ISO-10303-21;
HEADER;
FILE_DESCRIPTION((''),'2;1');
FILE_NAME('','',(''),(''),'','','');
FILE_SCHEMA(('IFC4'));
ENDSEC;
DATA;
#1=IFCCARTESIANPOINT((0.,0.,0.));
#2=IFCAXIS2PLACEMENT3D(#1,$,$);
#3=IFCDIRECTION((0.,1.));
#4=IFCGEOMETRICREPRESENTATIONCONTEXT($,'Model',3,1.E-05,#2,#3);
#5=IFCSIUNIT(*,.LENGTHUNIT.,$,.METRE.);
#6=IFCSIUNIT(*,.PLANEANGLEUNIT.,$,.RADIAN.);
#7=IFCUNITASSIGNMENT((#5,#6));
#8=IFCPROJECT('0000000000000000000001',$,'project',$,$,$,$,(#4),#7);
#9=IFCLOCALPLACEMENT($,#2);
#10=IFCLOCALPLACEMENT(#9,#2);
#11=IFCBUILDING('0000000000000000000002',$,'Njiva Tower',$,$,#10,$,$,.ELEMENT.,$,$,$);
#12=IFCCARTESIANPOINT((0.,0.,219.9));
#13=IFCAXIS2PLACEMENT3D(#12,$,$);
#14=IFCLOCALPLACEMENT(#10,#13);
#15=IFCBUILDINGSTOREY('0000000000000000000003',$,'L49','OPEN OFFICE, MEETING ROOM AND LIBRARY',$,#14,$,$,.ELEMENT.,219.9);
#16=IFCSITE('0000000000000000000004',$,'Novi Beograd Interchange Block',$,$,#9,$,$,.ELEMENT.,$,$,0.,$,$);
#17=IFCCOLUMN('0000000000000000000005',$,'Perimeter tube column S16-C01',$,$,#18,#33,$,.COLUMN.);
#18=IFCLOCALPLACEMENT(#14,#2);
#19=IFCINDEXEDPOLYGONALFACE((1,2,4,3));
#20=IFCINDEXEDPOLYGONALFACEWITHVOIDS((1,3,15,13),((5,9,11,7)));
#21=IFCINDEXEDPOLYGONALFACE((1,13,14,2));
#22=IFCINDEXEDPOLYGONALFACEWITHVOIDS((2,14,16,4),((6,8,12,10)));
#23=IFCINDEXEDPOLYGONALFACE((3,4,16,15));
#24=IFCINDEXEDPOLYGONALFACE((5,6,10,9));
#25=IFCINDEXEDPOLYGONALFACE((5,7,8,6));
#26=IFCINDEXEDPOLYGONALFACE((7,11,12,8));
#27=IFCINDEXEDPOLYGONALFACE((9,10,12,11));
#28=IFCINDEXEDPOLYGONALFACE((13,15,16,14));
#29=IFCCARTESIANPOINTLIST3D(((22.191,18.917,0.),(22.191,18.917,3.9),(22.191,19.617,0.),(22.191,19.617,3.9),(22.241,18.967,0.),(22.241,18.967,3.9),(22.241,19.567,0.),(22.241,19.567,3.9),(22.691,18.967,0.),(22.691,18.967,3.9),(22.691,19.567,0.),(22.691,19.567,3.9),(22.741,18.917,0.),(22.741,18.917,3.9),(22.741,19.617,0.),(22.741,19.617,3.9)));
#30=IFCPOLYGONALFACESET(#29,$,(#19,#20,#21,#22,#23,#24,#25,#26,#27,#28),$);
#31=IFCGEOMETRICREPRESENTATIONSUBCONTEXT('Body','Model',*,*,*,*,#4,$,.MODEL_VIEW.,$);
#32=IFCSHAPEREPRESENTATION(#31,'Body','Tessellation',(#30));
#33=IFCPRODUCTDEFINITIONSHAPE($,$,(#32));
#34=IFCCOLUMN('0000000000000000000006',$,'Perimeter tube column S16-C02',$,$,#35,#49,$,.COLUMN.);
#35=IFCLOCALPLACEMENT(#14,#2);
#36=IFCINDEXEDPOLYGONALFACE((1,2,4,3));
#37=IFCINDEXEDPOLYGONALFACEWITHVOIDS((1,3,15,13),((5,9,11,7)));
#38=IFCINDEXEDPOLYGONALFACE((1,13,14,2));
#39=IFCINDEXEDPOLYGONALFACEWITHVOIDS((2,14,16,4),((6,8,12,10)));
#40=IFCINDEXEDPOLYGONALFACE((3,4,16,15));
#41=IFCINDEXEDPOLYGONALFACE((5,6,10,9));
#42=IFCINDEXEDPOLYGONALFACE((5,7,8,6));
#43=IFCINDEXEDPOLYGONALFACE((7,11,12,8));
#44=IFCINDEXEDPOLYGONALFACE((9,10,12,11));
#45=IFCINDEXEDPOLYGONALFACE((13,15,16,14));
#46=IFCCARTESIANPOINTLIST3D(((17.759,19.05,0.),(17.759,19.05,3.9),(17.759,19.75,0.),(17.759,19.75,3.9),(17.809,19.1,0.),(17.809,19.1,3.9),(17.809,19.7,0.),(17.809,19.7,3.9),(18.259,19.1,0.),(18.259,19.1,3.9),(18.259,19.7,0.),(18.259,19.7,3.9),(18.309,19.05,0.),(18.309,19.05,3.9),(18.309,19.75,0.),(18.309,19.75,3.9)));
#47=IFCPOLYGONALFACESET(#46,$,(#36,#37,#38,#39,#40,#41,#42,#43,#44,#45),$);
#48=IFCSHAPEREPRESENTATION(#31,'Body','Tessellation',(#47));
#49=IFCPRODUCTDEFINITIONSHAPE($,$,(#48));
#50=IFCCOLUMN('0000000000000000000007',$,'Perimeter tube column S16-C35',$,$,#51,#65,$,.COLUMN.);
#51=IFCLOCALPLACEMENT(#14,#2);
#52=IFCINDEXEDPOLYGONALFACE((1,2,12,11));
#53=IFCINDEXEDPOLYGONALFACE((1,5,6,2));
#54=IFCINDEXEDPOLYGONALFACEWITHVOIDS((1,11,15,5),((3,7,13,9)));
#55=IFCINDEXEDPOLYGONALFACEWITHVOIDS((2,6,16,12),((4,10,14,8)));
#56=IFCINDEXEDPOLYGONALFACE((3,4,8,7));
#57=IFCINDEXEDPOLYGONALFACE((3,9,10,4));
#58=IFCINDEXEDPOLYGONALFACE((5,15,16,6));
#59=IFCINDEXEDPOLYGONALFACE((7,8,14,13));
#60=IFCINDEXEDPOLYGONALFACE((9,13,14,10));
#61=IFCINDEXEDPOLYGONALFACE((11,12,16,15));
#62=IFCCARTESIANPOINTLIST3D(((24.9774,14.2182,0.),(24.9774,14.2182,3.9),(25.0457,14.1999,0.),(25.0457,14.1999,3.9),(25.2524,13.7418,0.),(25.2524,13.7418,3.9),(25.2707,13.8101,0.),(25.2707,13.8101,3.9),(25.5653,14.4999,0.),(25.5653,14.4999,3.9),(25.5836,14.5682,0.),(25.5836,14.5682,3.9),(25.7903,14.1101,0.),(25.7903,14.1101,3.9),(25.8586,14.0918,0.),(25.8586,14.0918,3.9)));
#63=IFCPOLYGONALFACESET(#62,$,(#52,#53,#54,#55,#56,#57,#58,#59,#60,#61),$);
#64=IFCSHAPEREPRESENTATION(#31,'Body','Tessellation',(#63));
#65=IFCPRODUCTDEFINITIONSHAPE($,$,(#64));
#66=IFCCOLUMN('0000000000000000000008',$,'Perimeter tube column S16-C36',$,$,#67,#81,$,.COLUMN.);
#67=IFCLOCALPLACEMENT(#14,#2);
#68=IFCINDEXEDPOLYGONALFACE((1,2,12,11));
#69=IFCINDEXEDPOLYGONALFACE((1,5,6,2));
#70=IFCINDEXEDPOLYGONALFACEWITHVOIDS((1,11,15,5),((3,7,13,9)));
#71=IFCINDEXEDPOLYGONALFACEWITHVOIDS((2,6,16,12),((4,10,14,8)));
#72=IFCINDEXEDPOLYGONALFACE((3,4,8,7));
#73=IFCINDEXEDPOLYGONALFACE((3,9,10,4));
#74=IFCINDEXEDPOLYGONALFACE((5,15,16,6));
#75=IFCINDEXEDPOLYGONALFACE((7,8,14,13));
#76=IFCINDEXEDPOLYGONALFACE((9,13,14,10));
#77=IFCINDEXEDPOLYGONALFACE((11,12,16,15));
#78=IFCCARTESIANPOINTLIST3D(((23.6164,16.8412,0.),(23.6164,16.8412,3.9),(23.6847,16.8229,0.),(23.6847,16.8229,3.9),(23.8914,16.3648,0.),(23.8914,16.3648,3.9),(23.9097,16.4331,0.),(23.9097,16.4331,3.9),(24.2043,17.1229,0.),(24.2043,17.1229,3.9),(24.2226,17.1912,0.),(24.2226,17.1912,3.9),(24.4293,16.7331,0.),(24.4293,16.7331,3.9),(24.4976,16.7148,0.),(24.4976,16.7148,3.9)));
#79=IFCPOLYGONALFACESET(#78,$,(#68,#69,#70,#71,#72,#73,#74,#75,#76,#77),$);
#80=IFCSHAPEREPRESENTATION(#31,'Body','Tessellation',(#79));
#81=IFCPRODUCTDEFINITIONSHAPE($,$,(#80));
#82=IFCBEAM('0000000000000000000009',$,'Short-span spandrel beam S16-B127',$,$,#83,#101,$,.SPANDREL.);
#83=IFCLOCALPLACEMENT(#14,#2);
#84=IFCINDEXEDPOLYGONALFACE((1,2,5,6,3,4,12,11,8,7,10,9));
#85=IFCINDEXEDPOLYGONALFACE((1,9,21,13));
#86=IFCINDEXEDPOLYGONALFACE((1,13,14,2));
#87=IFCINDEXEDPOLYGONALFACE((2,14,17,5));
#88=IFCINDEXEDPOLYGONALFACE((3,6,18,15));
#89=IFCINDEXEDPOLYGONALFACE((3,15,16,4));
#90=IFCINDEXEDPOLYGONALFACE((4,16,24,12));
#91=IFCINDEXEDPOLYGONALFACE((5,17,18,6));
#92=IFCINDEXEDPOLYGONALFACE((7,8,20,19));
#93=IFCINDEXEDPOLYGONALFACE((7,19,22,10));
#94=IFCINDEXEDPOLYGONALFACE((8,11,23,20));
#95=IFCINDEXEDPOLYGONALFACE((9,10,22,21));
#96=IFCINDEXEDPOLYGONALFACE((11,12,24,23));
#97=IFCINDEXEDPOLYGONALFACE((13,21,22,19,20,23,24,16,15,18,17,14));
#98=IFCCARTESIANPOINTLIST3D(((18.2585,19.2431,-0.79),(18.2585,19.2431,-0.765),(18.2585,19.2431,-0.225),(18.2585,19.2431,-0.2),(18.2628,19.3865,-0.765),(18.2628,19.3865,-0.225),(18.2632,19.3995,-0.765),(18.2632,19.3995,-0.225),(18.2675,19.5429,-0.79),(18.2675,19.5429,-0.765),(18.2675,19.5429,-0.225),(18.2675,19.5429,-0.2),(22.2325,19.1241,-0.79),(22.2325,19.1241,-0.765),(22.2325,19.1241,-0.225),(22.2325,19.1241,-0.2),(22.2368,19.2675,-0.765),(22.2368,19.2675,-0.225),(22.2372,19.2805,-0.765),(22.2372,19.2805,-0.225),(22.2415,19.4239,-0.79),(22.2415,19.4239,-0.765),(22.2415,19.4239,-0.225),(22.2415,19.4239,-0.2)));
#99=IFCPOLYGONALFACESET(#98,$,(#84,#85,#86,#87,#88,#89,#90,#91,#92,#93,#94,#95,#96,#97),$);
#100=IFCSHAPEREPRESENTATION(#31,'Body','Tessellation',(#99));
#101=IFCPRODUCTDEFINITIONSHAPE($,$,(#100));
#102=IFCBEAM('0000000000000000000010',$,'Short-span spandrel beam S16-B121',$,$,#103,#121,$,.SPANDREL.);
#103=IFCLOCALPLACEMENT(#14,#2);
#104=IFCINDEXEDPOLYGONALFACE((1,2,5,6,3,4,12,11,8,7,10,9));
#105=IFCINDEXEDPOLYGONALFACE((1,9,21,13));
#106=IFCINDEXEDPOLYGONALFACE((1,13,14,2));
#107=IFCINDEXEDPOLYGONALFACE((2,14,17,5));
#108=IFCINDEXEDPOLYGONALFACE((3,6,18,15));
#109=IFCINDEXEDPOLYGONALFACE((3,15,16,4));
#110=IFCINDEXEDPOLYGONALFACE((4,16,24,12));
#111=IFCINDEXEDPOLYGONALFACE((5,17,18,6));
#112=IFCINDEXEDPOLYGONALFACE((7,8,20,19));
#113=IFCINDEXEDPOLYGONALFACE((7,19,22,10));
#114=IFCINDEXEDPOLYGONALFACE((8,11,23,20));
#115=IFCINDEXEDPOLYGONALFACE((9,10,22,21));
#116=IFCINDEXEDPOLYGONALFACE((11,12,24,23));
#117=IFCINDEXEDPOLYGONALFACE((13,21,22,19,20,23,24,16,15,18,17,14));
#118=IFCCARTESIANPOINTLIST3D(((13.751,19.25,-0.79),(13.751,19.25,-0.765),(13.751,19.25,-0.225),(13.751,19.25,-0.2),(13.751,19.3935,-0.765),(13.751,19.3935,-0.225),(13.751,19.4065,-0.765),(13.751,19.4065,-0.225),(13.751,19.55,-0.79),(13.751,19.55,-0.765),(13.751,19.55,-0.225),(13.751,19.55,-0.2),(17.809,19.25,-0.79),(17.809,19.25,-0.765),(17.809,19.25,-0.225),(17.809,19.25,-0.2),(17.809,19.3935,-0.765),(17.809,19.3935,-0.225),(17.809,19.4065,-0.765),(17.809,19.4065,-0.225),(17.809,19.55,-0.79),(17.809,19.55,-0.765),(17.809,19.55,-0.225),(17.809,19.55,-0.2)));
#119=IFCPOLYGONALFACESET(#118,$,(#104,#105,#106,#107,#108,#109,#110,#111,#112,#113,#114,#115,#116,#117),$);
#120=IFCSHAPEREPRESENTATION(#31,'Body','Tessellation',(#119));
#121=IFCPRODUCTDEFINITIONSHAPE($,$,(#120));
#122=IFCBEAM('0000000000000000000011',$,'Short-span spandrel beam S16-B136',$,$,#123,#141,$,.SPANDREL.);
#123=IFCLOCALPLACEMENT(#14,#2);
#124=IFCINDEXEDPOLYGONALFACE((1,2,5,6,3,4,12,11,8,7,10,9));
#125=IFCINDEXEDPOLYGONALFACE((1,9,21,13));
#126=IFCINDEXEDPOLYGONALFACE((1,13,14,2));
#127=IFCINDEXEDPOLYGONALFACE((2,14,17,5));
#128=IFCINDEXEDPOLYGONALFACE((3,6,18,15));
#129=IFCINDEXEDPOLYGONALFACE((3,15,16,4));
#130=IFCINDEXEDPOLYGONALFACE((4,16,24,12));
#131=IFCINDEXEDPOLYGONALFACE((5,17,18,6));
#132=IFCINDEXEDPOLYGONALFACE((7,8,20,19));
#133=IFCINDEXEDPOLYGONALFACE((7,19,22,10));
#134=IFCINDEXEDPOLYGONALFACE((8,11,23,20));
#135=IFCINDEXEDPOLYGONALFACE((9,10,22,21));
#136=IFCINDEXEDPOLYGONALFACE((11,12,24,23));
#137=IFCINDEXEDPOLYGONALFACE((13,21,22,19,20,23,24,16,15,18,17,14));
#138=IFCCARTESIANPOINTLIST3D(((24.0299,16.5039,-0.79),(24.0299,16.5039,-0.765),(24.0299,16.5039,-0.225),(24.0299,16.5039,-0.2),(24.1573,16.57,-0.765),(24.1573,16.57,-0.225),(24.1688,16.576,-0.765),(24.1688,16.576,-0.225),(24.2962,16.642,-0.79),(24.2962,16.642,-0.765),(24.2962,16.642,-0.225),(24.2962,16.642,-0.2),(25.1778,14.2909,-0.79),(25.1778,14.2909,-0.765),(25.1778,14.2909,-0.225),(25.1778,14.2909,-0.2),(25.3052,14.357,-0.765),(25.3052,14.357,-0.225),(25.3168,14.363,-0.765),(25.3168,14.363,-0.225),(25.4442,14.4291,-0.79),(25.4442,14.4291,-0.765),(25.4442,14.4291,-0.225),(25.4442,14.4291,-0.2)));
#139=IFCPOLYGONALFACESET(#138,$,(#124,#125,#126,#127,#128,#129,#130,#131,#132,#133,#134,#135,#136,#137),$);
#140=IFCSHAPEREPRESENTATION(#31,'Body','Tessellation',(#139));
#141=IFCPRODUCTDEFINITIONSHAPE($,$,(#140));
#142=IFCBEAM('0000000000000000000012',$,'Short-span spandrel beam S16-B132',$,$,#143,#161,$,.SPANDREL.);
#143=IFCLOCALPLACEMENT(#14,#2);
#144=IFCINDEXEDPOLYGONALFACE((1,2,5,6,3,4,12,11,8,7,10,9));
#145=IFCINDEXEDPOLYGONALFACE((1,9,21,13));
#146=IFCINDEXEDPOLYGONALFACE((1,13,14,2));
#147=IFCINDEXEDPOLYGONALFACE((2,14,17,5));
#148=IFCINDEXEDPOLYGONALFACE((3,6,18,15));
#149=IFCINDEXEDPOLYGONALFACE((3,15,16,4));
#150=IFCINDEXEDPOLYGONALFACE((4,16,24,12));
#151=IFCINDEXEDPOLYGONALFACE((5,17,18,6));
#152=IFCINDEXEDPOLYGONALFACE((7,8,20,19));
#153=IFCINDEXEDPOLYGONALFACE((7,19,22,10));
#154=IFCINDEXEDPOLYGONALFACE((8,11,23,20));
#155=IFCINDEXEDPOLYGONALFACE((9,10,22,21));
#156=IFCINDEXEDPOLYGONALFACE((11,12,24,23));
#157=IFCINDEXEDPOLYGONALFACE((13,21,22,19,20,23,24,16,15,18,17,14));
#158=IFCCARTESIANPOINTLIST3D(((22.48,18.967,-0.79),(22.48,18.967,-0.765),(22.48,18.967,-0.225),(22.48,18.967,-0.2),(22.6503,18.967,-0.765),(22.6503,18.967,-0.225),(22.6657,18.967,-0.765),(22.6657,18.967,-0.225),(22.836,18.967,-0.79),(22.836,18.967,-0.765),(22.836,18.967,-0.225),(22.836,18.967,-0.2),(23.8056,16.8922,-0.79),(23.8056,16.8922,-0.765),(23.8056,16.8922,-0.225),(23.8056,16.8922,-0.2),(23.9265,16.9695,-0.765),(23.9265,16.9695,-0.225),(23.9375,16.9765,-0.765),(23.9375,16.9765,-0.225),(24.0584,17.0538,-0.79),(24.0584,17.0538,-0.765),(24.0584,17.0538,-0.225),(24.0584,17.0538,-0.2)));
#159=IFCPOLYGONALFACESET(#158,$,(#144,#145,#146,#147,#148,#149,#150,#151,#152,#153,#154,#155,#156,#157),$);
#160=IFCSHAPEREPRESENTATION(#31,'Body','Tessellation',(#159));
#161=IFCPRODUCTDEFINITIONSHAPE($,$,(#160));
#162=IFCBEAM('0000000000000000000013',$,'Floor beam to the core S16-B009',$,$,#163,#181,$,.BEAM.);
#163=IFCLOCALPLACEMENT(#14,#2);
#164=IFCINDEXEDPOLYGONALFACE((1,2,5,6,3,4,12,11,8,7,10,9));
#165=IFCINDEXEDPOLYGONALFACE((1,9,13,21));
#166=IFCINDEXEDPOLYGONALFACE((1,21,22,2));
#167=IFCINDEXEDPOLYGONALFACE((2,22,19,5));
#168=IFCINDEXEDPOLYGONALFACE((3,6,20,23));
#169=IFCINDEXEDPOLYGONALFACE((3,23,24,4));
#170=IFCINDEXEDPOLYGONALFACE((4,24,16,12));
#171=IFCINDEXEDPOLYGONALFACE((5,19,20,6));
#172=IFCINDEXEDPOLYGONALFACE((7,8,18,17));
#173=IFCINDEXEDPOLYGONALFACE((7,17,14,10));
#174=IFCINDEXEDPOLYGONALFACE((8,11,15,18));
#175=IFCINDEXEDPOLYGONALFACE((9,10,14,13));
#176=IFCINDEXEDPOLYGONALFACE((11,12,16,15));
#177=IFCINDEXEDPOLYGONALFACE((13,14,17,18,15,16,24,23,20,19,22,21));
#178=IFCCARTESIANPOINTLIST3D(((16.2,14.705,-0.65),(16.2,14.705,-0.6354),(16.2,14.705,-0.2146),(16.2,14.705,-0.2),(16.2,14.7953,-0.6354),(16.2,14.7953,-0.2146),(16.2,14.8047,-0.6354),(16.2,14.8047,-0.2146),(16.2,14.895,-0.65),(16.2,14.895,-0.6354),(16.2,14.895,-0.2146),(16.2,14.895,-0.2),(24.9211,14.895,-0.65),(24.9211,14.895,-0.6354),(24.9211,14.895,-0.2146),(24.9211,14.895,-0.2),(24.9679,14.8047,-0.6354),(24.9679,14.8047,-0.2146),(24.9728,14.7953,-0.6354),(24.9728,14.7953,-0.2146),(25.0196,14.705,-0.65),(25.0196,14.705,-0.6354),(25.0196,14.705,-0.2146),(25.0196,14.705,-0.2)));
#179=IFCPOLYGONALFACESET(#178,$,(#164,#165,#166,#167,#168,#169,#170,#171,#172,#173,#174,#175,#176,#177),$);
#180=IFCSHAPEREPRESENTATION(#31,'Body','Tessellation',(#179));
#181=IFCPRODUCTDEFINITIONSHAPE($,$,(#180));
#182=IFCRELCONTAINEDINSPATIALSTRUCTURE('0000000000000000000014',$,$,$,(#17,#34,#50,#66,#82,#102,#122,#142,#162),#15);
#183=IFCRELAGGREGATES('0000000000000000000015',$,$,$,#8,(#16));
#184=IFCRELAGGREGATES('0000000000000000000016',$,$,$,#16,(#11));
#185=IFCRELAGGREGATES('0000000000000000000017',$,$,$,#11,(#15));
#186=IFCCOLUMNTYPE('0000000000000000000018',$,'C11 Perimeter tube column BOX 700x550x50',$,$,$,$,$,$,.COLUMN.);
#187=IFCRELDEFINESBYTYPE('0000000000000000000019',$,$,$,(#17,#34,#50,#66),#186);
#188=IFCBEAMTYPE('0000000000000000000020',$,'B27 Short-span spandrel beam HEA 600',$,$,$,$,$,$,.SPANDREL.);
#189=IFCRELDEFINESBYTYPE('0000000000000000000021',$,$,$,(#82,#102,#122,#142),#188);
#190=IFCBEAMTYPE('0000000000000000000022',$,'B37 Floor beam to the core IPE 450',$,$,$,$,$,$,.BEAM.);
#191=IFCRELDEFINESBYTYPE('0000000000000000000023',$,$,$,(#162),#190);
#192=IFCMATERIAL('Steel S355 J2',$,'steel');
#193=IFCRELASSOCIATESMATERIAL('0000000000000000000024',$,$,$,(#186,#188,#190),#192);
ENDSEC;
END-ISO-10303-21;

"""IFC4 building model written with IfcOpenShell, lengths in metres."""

from ifc_helpers import new_model, si_unit, direction, frame, origin, origin_2d, place, context, subcontext, project, spatial, hollow_rectangle, i_section, extrude, clip, halfspace, material, material_profile, profile_set, type_object, element, save


model = new_model("IFC4")

# Units and contexts
model_context = context("Model", 3, precision=1e-05, world=origin(), true_north=direction((0.0, 1.0)))
body_context = subcontext(model_context, "Body", "Model", "MODEL_VIEW")
ifc_project = project(units=[si_unit("LENGTHUNIT", "METRE"), si_unit("PLANEANGLEUNIT", "RADIAN")], contexts=[model_context])

# Site, building, storey
site_placement = place(None, origin())
site = spatial("IfcSite", under=ifc_project, at=site_placement, Name="Novi Beograd Interchange Block", CompositionType="ELEMENT", RefElevation=0.0)
building_placement = place(site_placement, origin())
building = spatial("IfcBuilding", under=site, at=building_placement, Name="Njiva Tower", CompositionType="ELEMENT")
storey_placement = place(building_placement, frame((0.0, 0.0, 219.9)))
storey = spatial("IfcBuildingStorey", under=building, at=storey_placement, Name="L49", Description="OPEN OFFICE, MEETING ROOM AND LIBRARY", CompositionType="ELEMENT", Elevation=219.9)

# Columns
ifc_material_1 = material(Name="Steel S355 J2", Category="steel")
ifc_material_profile_1 = material_profile(ifc_material_1, hollow_rectangle(XDim=0.55, YDim=0.7, WallThickness=0.05, at=origin_2d()), Name="BOX 700x550x50")
ifc_profile_set_1 = profile_set([ifc_material_profile_1], Name="Steel S355 J2")
column_type = type_object("IfcColumnType", Name="C11 Perimeter tube column BOX 700x550x50", PredefinedType="COLUMN", material=ifc_profile_set_1)
for number, where, z_axis, x_axis, name in (
    (1, (22.466, 19.267, 0.0), (0.0, 0.0, 1.0), (-1.0, 0.0, 0.0), "Perimeter tube column S16-C01"),
    (2, (18.034, 19.4, 0.0), (0.0, 0.0, 1.0), (-1.0, 0.0, 0.0), "Perimeter tube column S16-C02"),
    (3, (25.418, 14.155, 0.0), (0.0, 0.0, 1.0), (-0.5, 0.866025, 0.0), "Perimeter tube column S16-C35"),
    (4, (24.057, 16.778, 0.0), (0.0, 0.0, 1.0), (-0.5, 0.866025, 0.0), "Perimeter tube column S16-C36"),
):
    element("IfcColumn", number, at=place(storey_placement, frame(where, z_axis=z_axis, x_axis=x_axis)), inside=storey, type_object=column_type, Name=name, PredefinedType="COLUMN", context=body_context, shape_type="SweptSolid", body=[
        extrude(hollow_rectangle(XDim=0.55, YDim=0.7, WallThickness=0.05, at=origin_2d()), origin(), (0.0, 0.0, 1.0), 3.9),
    ])

# Beams
ifc_material_profile_2 = material_profile(ifc_material_1, i_section(OverallWidth=0.3, OverallDepth=0.59, WebThickness=0.013, FlangeThickness=0.025, at=origin_2d()), Name="HEA 600")
ifc_profile_set_2 = profile_set([ifc_material_profile_2], Name="Steel S355 J2")
beam_type_1 = type_object("IfcBeamType", Name="B27 Short-span spandrel beam HEA 600", PredefinedType="SPANDREL", material=ifc_profile_set_2)
beam_1_placement = place(storey_placement, frame((22.237, 19.274, -0.495), z_axis=(-0.999552, 0.029931, 0.0), x_axis=(-0.029931, -0.999552, 0.0)))
element("IfcBeam", 5, at=beam_1_placement, inside=storey, type_object=beam_type_1, Name="Short-span spandrel beam S16-B127", PredefinedType="SPANDREL", context=body_context, shape_type="SweptSolid", body=[
    extrude(i_section(OverallWidth=0.3, OverallDepth=0.59, WebThickness=0.013, FlangeThickness=0.025, at=origin_2d()), origin(), (0.0, 0.0, 1.0), 3.9758),
])
beam_2_placement = place(storey_placement, frame((17.809, 19.4, -0.495), z_axis=(-1.0, 0.0, 0.0), x_axis=(0.0, -1.0, 0.0)))
element("IfcBeam", 6, at=beam_2_placement, inside=storey, type_object=beam_type_1, Name="Short-span spandrel beam S16-B121", PredefinedType="SPANDREL", context=body_context, shape_type="SweptSolid", body=[
    extrude(i_section(OverallWidth=0.3, OverallDepth=0.59, WebThickness=0.013, FlangeThickness=0.025, at=origin_2d()), origin(), (0.0, 0.0, 1.0), 4.058),
])
beam_3_placement = place(storey_placement, frame((25.311, 14.36, -0.495), z_axis=(-0.460481, 0.88767, 0.0), x_axis=(-0.88767, -0.460481, 0.0)))
element("IfcBeam", 7, at=beam_3_placement, inside=storey, type_object=beam_type_1, Name="Short-span spandrel beam S16-B136", PredefinedType="SPANDREL", context=body_context, shape_type="SweptSolid", body=[
    extrude(i_section(OverallWidth=0.3, OverallDepth=0.59, WebThickness=0.013, FlangeThickness=0.025, at=origin_2d()), origin(), (0.0, 0.0, 1.0), 2.493),
])
beam_4_placement = place(storey_placement, frame((23.932, 16.973, -0.495), z_axis=(-0.538406, 0.842686, 0.0), x_axis=(-0.842686, -0.538406, 0.0)))
element("IfcBeam", 8, at=beam_4_placement, inside=storey, type_object=beam_type_1, Name="Short-span spandrel beam S16-B132", PredefinedType="SPANDREL", context=body_context, shape_type="Clipping", body=[
    clip(extrude(i_section(OverallWidth=0.3, OverallDepth=0.59, WebThickness=0.013, FlangeThickness=0.025, at=origin_2d()), origin(), (0.0, 0.0, 1.0), 2.4822), halfspace(frame((-0.0269, 0.0, 2.3491), z_axis=(-0.538406, 0.0, 0.842686), x_axis=(0.0, 1.0, 0.0)), False)),
])
ifc_material_profile_3 = material_profile(ifc_material_1, i_section(OverallWidth=0.19, OverallDepth=0.45, WebThickness=0.0094, FlangeThickness=0.0146, at=origin_2d()), Name="IPE 450")
ifc_profile_set_3 = profile_set([ifc_material_profile_3], Name="Steel S355 J2")
beam_type_2 = type_object("IfcBeamType", Name="B37 Floor beam to the core IPE 450", PredefinedType="BEAM", material=ifc_profile_set_3)
beam_5_placement = place(storey_placement, frame((16.2, 14.8, -0.425), z_axis=(1.0, 0.0, 0.0), x_axis=(0.0, 1.0, 0.0)))
element("IfcBeam", 9, at=beam_5_placement, inside=storey, type_object=beam_type_2, Name="Floor beam to the core S16-B009", PredefinedType="BEAM", context=body_context, shape_type="Clipping", body=[
    clip(extrude(i_section(OverallWidth=0.19, OverallDepth=0.45, WebThickness=0.0094, FlangeThickness=0.0146, at=origin_2d()), origin(), (0.0, 0.0, 1.0), 8.839), halfspace(frame((0.023, 0.0, 8.7584), z_axis=(0.460472, 0.0, 0.887674), x_axis=(0.0, 1.0, 0.0)), False)),
])

save(model, "model.ifc")
